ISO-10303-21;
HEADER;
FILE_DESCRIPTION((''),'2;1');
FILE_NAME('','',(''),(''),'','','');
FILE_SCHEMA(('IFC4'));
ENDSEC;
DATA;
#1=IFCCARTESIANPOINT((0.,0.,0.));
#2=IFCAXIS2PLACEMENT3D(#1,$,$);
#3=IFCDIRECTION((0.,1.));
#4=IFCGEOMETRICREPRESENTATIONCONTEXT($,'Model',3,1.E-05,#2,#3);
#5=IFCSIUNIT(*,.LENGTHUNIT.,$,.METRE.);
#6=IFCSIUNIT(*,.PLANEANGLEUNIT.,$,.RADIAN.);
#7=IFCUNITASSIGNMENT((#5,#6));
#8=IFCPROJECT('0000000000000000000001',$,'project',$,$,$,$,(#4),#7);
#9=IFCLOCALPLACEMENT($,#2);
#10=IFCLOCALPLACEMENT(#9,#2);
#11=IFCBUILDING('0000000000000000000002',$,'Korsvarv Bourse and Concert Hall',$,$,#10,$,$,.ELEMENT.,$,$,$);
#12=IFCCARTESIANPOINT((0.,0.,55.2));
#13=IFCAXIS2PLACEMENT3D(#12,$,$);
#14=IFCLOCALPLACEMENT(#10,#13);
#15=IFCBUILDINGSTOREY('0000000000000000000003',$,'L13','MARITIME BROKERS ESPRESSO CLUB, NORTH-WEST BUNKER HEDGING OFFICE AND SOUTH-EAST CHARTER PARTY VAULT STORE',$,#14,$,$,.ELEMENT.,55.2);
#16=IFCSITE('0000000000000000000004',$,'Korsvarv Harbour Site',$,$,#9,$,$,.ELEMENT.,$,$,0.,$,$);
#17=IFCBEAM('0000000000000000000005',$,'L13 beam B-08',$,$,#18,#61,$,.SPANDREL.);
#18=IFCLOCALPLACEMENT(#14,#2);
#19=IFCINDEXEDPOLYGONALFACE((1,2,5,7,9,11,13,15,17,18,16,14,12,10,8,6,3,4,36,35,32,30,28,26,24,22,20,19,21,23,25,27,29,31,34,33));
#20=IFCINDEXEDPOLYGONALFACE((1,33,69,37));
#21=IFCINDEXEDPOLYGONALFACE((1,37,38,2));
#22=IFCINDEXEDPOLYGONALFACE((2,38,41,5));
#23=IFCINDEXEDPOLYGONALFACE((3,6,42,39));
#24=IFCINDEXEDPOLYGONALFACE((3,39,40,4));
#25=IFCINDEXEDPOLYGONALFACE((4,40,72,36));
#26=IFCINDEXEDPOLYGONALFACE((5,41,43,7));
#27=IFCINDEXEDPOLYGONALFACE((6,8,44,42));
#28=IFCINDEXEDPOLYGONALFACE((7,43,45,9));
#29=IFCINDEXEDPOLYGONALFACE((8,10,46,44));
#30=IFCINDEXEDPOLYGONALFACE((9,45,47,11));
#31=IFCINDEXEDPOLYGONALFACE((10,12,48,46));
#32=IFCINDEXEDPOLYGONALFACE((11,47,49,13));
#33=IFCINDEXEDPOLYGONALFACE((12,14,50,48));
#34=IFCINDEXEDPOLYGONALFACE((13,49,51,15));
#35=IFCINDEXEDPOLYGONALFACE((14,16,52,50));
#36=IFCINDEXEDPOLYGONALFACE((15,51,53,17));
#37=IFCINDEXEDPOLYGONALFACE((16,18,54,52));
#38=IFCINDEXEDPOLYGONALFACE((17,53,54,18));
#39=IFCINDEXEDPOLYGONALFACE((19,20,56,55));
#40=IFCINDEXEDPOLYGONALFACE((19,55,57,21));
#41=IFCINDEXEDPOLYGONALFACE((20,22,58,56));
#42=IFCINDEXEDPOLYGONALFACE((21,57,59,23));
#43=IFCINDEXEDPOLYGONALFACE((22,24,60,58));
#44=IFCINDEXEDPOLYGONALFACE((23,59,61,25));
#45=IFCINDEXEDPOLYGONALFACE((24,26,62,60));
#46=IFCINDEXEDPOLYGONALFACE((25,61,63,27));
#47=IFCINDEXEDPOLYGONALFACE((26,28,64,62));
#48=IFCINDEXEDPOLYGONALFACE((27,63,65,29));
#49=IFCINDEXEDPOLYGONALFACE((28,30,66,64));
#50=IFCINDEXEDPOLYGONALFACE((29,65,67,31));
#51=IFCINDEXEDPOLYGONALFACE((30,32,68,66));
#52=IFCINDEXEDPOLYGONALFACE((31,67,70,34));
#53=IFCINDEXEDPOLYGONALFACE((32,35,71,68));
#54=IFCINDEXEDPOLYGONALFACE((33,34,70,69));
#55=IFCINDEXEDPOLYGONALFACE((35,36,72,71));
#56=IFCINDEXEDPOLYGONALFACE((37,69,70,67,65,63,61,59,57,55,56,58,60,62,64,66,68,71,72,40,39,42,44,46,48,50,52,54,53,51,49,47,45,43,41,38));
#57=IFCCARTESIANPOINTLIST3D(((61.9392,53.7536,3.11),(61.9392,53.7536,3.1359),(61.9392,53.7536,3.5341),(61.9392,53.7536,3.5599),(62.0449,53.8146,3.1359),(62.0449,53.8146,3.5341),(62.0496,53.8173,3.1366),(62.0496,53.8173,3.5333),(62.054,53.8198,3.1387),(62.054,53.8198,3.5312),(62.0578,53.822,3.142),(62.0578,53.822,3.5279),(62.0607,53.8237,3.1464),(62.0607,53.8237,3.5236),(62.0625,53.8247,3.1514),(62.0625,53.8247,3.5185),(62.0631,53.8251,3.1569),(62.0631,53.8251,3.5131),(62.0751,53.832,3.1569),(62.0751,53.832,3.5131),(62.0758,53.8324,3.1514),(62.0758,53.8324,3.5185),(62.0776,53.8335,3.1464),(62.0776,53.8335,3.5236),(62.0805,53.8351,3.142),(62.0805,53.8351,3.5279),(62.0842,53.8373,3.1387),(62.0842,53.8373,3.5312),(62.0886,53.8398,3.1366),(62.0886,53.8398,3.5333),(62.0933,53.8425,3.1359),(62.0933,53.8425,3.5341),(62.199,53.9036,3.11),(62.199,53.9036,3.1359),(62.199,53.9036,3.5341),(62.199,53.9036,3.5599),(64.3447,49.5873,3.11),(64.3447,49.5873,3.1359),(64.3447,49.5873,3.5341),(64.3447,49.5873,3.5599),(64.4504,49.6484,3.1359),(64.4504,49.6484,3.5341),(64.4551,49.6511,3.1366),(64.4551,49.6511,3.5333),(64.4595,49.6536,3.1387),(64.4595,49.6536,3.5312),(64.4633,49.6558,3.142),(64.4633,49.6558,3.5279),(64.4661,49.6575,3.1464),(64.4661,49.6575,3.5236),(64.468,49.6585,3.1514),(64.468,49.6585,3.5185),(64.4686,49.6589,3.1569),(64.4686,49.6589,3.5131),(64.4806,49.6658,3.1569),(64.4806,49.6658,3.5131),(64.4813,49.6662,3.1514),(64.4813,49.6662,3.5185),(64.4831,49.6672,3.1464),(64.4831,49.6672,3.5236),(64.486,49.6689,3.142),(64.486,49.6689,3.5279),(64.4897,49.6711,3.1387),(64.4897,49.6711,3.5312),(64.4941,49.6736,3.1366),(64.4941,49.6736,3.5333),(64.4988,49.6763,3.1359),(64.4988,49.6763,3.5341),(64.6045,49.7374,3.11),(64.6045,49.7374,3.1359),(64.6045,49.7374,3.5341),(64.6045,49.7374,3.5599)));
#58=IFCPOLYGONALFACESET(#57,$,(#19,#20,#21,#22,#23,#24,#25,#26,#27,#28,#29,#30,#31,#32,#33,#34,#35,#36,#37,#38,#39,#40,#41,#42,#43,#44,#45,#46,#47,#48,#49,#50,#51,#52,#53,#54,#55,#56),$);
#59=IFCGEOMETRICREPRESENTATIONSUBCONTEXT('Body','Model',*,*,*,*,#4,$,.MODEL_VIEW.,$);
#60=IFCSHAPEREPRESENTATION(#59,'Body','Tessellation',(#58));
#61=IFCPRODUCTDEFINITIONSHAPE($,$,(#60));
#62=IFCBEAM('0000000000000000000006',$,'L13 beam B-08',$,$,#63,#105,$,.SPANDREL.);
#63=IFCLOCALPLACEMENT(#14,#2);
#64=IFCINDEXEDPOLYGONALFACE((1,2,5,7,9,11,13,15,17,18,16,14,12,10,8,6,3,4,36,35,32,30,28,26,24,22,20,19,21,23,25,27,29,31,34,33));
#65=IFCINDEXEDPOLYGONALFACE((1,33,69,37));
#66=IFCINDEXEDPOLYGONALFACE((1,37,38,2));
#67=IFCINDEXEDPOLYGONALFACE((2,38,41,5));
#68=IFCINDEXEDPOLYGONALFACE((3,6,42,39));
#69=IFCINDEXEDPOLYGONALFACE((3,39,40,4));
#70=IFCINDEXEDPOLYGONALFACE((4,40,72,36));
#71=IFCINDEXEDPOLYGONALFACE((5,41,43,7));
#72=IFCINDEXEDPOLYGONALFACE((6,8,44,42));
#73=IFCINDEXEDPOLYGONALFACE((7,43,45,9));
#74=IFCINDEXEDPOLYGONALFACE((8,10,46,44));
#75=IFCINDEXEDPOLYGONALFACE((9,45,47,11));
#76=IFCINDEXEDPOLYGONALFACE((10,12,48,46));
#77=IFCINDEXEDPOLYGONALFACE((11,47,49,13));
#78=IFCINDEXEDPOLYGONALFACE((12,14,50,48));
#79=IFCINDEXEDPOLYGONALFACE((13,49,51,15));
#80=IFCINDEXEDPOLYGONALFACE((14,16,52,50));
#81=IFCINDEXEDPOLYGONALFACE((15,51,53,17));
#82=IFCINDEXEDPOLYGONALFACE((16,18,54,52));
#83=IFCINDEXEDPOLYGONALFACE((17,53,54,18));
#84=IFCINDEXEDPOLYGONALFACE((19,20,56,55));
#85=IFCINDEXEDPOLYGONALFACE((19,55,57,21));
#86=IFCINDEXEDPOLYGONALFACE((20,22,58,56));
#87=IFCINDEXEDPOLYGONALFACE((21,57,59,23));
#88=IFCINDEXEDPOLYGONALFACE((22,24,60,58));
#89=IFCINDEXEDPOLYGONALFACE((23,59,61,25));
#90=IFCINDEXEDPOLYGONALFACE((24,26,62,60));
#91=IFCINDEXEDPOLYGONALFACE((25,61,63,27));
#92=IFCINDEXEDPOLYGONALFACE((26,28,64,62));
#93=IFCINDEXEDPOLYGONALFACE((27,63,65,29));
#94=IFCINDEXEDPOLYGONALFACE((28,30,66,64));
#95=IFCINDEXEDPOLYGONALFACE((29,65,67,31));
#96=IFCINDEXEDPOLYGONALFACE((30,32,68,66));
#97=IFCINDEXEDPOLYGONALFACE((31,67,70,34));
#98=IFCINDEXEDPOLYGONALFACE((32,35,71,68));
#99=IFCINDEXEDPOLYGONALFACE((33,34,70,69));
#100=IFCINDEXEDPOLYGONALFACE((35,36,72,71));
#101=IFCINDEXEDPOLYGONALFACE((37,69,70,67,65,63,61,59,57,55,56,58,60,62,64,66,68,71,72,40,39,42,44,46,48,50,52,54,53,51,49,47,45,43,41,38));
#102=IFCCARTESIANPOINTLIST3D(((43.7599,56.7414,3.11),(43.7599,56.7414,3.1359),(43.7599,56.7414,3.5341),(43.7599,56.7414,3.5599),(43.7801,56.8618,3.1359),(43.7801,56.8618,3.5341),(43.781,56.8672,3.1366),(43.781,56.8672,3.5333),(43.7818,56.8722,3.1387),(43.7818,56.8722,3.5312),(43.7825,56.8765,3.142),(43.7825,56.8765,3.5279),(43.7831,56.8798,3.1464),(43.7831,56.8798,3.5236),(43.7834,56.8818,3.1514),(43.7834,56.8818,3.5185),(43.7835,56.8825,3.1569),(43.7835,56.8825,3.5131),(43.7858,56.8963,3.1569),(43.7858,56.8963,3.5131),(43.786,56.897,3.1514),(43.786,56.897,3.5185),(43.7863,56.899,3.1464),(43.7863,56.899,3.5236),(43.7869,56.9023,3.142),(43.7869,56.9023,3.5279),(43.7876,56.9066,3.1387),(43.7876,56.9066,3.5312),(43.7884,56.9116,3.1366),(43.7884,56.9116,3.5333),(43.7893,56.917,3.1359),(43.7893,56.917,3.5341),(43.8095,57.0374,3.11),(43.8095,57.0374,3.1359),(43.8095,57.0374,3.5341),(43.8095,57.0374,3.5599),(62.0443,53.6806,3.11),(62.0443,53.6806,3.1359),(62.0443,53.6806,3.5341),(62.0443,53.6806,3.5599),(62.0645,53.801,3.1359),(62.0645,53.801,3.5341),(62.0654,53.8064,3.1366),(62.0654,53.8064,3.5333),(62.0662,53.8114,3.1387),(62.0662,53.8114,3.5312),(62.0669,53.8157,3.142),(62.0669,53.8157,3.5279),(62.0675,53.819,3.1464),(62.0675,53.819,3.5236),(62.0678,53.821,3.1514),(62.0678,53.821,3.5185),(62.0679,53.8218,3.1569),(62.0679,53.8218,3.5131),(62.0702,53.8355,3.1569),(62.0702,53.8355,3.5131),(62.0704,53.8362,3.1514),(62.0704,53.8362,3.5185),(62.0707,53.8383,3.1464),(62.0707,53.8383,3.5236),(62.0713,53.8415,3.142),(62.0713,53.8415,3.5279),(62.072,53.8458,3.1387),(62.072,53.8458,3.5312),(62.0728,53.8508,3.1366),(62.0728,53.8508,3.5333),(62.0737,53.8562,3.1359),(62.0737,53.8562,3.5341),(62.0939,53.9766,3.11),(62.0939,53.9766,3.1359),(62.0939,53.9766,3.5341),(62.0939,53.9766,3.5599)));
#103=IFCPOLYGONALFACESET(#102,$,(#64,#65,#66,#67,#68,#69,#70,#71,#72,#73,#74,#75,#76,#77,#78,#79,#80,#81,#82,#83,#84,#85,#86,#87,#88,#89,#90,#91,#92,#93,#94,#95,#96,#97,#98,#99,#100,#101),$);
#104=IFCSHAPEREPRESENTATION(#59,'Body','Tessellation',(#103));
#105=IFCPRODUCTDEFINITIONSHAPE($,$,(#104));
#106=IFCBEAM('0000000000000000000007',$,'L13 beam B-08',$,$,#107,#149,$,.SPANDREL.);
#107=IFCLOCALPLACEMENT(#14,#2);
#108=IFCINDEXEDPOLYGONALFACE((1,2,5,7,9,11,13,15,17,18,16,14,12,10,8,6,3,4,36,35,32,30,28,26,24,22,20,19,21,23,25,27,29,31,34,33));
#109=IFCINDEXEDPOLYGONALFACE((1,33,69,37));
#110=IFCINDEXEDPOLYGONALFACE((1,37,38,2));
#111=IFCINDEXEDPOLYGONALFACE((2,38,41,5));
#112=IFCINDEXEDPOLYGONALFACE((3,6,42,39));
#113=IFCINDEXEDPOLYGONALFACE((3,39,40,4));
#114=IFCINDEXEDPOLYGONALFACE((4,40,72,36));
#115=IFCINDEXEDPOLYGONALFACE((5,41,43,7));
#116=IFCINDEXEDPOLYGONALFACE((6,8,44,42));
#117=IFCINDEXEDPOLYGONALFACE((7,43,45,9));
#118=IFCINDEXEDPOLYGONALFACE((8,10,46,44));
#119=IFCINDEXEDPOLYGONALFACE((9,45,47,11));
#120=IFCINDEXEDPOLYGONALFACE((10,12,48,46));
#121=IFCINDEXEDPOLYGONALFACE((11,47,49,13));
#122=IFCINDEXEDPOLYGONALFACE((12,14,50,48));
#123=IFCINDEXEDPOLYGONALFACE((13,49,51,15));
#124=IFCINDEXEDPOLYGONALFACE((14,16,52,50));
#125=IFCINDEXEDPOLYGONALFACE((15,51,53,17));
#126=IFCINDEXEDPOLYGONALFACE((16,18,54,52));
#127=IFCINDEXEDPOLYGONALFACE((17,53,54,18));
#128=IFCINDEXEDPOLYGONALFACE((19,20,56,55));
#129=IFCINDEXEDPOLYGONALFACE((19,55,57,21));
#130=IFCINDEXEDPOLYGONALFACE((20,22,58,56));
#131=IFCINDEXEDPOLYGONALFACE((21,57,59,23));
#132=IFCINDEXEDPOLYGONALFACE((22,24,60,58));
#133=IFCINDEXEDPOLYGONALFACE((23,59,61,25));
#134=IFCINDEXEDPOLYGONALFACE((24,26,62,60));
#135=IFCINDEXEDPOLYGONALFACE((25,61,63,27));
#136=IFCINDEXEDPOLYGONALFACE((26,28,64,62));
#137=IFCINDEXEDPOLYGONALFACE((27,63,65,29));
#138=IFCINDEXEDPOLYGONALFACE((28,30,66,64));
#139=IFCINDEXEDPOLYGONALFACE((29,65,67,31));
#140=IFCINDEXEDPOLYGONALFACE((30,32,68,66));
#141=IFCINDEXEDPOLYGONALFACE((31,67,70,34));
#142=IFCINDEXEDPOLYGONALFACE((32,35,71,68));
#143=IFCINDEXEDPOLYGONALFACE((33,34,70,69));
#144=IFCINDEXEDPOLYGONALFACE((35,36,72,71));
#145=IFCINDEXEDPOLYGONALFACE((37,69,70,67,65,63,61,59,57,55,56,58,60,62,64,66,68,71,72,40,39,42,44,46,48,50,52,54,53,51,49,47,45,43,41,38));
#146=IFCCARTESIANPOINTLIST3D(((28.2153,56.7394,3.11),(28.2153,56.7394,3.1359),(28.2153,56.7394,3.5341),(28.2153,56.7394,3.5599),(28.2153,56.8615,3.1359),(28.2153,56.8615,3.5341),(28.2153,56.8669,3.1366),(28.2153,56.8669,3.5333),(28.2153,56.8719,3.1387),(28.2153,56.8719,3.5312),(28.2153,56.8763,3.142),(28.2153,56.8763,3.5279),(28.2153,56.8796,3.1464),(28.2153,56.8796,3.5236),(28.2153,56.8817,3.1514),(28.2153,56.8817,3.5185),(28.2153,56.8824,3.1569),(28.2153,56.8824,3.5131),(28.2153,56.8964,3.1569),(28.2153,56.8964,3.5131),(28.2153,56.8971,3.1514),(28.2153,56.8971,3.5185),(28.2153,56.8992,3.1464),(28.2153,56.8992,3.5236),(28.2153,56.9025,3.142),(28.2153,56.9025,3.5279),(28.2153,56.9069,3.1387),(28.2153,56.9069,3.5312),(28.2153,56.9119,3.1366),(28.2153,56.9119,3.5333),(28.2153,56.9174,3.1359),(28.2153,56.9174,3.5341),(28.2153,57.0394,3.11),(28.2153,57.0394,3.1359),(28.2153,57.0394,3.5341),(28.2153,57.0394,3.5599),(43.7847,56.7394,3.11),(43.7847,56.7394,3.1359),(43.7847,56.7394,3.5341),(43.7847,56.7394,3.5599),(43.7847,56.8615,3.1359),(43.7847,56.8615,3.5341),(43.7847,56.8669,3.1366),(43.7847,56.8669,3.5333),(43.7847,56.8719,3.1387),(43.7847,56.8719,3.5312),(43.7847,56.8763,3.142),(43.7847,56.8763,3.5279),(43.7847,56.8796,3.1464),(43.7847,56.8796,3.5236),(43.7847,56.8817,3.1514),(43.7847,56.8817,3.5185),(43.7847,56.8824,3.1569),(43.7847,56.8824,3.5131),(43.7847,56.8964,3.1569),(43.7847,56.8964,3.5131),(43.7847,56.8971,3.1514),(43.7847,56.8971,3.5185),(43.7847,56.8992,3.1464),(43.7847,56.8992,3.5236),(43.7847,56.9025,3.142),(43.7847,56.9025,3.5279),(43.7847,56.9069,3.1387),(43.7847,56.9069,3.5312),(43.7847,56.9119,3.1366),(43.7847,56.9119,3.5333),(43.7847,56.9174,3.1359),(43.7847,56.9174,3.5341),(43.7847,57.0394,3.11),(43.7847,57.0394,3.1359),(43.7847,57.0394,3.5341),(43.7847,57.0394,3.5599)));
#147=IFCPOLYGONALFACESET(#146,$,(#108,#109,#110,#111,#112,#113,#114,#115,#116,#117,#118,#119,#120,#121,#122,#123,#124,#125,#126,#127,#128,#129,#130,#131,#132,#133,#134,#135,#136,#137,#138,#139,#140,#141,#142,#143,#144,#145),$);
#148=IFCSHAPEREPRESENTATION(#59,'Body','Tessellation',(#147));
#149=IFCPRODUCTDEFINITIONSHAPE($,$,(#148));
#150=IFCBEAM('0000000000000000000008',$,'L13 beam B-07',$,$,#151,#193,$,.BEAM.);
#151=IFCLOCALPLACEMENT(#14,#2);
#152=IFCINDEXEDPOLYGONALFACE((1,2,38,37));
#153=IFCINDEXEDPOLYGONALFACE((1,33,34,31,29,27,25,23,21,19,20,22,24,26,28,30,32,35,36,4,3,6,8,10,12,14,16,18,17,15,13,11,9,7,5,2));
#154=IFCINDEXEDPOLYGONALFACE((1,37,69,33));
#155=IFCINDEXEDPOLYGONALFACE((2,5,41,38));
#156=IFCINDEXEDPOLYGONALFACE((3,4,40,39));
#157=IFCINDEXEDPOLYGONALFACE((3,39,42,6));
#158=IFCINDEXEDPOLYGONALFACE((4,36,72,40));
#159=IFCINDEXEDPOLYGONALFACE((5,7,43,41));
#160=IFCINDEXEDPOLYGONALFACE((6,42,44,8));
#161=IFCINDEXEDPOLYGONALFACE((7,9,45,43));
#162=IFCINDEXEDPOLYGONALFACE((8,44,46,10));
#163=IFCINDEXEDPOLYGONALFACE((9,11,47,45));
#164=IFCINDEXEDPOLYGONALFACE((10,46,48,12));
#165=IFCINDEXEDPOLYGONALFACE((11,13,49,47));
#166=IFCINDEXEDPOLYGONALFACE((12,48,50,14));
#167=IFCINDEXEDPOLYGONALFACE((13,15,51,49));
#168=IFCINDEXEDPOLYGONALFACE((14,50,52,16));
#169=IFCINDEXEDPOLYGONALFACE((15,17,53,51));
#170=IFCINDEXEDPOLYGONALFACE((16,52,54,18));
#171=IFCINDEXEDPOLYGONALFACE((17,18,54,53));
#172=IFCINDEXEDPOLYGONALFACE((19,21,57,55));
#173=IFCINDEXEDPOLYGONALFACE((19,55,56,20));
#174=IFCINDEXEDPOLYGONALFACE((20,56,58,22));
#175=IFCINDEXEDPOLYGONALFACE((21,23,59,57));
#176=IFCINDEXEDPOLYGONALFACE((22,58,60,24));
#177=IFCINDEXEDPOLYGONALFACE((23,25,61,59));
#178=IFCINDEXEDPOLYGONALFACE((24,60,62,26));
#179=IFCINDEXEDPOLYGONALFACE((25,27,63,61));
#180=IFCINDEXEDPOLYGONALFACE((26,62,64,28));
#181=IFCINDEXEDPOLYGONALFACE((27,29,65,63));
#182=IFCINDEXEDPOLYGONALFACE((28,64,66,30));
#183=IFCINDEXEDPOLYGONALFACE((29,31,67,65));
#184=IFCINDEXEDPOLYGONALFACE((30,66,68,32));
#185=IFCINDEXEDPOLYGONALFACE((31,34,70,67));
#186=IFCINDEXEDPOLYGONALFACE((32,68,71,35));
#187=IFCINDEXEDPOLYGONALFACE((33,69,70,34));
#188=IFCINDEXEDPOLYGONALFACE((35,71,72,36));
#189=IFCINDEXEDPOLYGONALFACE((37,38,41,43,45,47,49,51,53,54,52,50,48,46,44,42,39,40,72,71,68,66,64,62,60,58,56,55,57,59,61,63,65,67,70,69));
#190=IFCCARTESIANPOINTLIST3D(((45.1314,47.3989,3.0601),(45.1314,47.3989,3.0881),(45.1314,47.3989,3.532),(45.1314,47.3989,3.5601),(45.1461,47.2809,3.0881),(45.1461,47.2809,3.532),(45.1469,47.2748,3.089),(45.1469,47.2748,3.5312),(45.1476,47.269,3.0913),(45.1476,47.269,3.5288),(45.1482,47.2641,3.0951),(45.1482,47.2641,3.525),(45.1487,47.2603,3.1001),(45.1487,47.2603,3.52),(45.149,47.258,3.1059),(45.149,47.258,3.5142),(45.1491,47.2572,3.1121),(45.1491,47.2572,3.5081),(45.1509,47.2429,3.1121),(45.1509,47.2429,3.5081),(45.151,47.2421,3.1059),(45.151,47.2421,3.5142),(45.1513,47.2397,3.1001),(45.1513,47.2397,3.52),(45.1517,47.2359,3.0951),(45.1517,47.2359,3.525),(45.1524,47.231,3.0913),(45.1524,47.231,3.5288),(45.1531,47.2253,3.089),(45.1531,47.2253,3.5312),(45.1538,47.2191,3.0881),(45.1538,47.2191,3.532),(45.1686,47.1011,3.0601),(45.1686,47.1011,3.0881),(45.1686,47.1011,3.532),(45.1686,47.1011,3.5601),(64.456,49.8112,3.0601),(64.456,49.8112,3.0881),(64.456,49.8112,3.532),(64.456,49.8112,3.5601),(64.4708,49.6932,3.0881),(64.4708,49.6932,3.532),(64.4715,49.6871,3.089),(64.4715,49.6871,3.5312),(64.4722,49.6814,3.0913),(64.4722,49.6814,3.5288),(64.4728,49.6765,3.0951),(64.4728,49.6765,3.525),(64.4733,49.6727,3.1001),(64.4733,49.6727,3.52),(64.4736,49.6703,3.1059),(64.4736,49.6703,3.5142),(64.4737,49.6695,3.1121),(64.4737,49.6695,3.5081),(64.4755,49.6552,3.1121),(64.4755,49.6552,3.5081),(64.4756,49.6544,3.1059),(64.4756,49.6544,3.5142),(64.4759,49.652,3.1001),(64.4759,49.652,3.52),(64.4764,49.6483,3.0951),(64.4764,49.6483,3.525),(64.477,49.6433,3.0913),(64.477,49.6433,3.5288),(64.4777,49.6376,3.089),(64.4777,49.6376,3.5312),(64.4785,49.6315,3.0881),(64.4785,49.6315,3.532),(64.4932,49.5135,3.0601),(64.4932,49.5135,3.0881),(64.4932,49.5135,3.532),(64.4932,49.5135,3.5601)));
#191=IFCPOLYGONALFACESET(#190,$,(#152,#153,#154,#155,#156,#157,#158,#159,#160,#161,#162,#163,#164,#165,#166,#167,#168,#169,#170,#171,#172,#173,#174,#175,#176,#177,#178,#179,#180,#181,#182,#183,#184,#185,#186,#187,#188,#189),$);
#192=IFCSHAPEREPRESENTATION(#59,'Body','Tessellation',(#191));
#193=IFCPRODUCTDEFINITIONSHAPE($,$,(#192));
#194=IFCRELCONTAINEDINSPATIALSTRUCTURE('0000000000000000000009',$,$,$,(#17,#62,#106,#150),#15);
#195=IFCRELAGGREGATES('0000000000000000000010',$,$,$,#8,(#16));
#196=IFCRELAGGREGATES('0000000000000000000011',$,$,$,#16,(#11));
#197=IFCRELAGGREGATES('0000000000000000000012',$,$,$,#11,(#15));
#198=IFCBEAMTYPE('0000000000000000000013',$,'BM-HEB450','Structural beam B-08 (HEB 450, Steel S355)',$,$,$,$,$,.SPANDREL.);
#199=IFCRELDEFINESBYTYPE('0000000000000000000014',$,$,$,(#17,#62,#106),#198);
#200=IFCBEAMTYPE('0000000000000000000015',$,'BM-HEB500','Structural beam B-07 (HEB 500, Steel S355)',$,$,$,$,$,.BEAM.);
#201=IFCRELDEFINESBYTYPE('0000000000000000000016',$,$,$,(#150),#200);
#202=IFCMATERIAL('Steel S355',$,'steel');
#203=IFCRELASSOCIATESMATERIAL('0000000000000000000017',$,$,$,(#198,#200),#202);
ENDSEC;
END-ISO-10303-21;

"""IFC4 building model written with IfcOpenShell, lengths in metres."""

from ifc_helpers import new_model, si_unit, direction, frame, origin, origin_2d, place, context, subcontext, project, spatial, i_section, extrude, source, transform, mapped, material, material_profile, profile_set, type_object, element, save


model = new_model("IFC4")

# Units and contexts
model_context = context("Model", 3, precision=1e-05, world=origin(), true_north=direction((0.0, 1.0)))
body_context = subcontext(model_context, "Body", "Model", "MODEL_VIEW")
ifc_project = project(units=[si_unit("LENGTHUNIT", "METRE"), si_unit("PLANEANGLEUNIT", "RADIAN")], contexts=[model_context])

# Site, building, storey
site_placement = place(None, origin())
site = spatial("IfcSite", under=ifc_project, at=site_placement, Name="Korsvarv Harbour Site", CompositionType="ELEMENT", RefElevation=0.0)
building_placement = place(site_placement, origin())
building = spatial("IfcBuilding", under=site, at=building_placement, Name="Korsvarv Bourse and Concert Hall", CompositionType="ELEMENT")
storey_placement = place(building_placement, frame((0.0, 0.0, 55.2)))
storey = spatial("IfcBuildingStorey", under=building, at=storey_placement, Name="L13", Description="MARITIME BROKERS ESPRESSO CLUB, NORTH-WEST BUNKER HEDGING OFFICE AND SOUTH-EAST CHARTER PARTY VAULT STORE", CompositionType="ELEMENT", Elevation=55.2)

# Beams
ifc_material_1 = material(Name="Steel S355", Category="steel")
ifc_material_profile_1 = material_profile(ifc_material_1, i_section(OverallWidth=0.3, OverallDepth=0.45, WebThickness=0.0139, FlangeThickness=0.0259, FilletRadius=0.021, at=origin_2d()), Name="HEB 450")
ifc_profile_set_1 = profile_set([ifc_material_profile_1], Name="Steel S355")
beam_type_1 = type_object("IfcBeamType", Name="BM-HEB450", Description="Structural beam B-08 (HEB 450, Steel S355)", PredefinedType="SPANDREL", material=ifc_profile_set_1)
shared_shape_1 = source(origin(), body_context, "Body", "SweptSolid", [
    extrude(i_section(OverallWidth=0.3, OverallDepth=0.45, WebThickness=0.0139, FlangeThickness=0.0259, FilletRadius=0.021, at=origin_2d()), origin(), (0.0, 0.0, 1.0), 4.8108),
])
beam_1_placement = place(storey_placement, frame((64.4746, 49.6624, 3.335), z_axis=(-0.50002, 0.866014, 0.0), x_axis=(-0.866014, -0.50002, 0.0)))
element("IfcBeam", 1, at=beam_1_placement, inside=storey, type_object=beam_type_1, Name="L13 beam B-08", PredefinedType="SPANDREL", context=body_context, shape_type="MappedRepresentation", body=[
    mapped(shared_shape_1, transform((0.0, 0.0, 0.0), scale=1.0)),
])
shared_shape_2 = source(origin(), body_context, "Body", "SweptSolid", [
    extrude(i_section(OverallWidth=0.3, OverallDepth=0.45, WebThickness=0.0139, FlangeThickness=0.0259, FilletRadius=0.021, at=origin_2d()), origin(), (0.0, 0.0, 1.0), 18.5388),
])
beam_2_placement = place(storey_placement, frame((62.0691, 53.8286, 3.335), z_axis=(-0.986277, 0.165102, 0.0), x_axis=(-0.165102, -0.986277, 0.0)))
element("IfcBeam", 2, at=beam_2_placement, inside=storey, type_object=beam_type_1, Name="L13 beam B-08", PredefinedType="SPANDREL", context=body_context, shape_type="MappedRepresentation", body=[
    mapped(shared_shape_2, transform((0.0, 0.0, 0.0), scale=1.0)),
])
shared_shape_3 = source(origin(), body_context, "Body", "SweptSolid", [
    extrude(i_section(OverallWidth=0.3, OverallDepth=0.45, WebThickness=0.0139, FlangeThickness=0.0259, FilletRadius=0.021, at=origin_2d()), origin(), (0.0, 0.0, 1.0), 15.5693),
])
beam_3_placement = place(storey_placement, frame((43.7847, 56.8894, 3.335), z_axis=(-1.0, 0.0, 0.0), x_axis=(0.0, -1.0, 0.0)))
element("IfcBeam", 3, at=beam_3_placement, inside=storey, type_object=beam_type_1, Name="L13 beam B-08", PredefinedType="SPANDREL", context=body_context, shape_type="MappedRepresentation", body=[
    mapped(shared_shape_3, transform((0.0, 0.0, 0.0), scale=1.0)),
])
ifc_material_profile_2 = material_profile(ifc_material_1, i_section(OverallWidth=0.3, OverallDepth=0.5, WebThickness=0.0144, FlangeThickness=0.0281, FilletRadius=0.0239, at=origin_2d()), Name="HEB 500")
ifc_profile_set_2 = profile_set([ifc_material_profile_2], Name="Steel S355")
beam_type_2 = type_object("IfcBeamType", Name="BM-HEB500", Description="Structural beam B-07 (HEB 500, Steel S355)", PredefinedType="BEAM", material=ifc_profile_set_2)
shared_shape_4 = source(origin(), body_context, "Body", "SweptSolid", [
    extrude(i_section(OverallWidth=0.3, OverallDepth=0.5, WebThickness=0.0144, FlangeThickness=0.0281, FilletRadius=0.0239, at=origin_2d()), origin(), (0.0, 0.0, 1.0), 19.4746),
])
beam_4_placement = place(storey_placement, frame((64.4746, 49.6624, 3.3101), z_axis=(-0.992298, -0.123871, 0.0), x_axis=(0.123871, -0.992298, 0.0)))
element("IfcBeam", 4, at=beam_4_placement, inside=storey, type_object=beam_type_2, Name="L13 beam B-07", PredefinedType="BEAM", context=body_context, shape_type="MappedRepresentation", body=[
    mapped(shared_shape_4, transform((0.0, 0.0, 0.0), scale=1.0)),
])

save(model, "model.ifc")
